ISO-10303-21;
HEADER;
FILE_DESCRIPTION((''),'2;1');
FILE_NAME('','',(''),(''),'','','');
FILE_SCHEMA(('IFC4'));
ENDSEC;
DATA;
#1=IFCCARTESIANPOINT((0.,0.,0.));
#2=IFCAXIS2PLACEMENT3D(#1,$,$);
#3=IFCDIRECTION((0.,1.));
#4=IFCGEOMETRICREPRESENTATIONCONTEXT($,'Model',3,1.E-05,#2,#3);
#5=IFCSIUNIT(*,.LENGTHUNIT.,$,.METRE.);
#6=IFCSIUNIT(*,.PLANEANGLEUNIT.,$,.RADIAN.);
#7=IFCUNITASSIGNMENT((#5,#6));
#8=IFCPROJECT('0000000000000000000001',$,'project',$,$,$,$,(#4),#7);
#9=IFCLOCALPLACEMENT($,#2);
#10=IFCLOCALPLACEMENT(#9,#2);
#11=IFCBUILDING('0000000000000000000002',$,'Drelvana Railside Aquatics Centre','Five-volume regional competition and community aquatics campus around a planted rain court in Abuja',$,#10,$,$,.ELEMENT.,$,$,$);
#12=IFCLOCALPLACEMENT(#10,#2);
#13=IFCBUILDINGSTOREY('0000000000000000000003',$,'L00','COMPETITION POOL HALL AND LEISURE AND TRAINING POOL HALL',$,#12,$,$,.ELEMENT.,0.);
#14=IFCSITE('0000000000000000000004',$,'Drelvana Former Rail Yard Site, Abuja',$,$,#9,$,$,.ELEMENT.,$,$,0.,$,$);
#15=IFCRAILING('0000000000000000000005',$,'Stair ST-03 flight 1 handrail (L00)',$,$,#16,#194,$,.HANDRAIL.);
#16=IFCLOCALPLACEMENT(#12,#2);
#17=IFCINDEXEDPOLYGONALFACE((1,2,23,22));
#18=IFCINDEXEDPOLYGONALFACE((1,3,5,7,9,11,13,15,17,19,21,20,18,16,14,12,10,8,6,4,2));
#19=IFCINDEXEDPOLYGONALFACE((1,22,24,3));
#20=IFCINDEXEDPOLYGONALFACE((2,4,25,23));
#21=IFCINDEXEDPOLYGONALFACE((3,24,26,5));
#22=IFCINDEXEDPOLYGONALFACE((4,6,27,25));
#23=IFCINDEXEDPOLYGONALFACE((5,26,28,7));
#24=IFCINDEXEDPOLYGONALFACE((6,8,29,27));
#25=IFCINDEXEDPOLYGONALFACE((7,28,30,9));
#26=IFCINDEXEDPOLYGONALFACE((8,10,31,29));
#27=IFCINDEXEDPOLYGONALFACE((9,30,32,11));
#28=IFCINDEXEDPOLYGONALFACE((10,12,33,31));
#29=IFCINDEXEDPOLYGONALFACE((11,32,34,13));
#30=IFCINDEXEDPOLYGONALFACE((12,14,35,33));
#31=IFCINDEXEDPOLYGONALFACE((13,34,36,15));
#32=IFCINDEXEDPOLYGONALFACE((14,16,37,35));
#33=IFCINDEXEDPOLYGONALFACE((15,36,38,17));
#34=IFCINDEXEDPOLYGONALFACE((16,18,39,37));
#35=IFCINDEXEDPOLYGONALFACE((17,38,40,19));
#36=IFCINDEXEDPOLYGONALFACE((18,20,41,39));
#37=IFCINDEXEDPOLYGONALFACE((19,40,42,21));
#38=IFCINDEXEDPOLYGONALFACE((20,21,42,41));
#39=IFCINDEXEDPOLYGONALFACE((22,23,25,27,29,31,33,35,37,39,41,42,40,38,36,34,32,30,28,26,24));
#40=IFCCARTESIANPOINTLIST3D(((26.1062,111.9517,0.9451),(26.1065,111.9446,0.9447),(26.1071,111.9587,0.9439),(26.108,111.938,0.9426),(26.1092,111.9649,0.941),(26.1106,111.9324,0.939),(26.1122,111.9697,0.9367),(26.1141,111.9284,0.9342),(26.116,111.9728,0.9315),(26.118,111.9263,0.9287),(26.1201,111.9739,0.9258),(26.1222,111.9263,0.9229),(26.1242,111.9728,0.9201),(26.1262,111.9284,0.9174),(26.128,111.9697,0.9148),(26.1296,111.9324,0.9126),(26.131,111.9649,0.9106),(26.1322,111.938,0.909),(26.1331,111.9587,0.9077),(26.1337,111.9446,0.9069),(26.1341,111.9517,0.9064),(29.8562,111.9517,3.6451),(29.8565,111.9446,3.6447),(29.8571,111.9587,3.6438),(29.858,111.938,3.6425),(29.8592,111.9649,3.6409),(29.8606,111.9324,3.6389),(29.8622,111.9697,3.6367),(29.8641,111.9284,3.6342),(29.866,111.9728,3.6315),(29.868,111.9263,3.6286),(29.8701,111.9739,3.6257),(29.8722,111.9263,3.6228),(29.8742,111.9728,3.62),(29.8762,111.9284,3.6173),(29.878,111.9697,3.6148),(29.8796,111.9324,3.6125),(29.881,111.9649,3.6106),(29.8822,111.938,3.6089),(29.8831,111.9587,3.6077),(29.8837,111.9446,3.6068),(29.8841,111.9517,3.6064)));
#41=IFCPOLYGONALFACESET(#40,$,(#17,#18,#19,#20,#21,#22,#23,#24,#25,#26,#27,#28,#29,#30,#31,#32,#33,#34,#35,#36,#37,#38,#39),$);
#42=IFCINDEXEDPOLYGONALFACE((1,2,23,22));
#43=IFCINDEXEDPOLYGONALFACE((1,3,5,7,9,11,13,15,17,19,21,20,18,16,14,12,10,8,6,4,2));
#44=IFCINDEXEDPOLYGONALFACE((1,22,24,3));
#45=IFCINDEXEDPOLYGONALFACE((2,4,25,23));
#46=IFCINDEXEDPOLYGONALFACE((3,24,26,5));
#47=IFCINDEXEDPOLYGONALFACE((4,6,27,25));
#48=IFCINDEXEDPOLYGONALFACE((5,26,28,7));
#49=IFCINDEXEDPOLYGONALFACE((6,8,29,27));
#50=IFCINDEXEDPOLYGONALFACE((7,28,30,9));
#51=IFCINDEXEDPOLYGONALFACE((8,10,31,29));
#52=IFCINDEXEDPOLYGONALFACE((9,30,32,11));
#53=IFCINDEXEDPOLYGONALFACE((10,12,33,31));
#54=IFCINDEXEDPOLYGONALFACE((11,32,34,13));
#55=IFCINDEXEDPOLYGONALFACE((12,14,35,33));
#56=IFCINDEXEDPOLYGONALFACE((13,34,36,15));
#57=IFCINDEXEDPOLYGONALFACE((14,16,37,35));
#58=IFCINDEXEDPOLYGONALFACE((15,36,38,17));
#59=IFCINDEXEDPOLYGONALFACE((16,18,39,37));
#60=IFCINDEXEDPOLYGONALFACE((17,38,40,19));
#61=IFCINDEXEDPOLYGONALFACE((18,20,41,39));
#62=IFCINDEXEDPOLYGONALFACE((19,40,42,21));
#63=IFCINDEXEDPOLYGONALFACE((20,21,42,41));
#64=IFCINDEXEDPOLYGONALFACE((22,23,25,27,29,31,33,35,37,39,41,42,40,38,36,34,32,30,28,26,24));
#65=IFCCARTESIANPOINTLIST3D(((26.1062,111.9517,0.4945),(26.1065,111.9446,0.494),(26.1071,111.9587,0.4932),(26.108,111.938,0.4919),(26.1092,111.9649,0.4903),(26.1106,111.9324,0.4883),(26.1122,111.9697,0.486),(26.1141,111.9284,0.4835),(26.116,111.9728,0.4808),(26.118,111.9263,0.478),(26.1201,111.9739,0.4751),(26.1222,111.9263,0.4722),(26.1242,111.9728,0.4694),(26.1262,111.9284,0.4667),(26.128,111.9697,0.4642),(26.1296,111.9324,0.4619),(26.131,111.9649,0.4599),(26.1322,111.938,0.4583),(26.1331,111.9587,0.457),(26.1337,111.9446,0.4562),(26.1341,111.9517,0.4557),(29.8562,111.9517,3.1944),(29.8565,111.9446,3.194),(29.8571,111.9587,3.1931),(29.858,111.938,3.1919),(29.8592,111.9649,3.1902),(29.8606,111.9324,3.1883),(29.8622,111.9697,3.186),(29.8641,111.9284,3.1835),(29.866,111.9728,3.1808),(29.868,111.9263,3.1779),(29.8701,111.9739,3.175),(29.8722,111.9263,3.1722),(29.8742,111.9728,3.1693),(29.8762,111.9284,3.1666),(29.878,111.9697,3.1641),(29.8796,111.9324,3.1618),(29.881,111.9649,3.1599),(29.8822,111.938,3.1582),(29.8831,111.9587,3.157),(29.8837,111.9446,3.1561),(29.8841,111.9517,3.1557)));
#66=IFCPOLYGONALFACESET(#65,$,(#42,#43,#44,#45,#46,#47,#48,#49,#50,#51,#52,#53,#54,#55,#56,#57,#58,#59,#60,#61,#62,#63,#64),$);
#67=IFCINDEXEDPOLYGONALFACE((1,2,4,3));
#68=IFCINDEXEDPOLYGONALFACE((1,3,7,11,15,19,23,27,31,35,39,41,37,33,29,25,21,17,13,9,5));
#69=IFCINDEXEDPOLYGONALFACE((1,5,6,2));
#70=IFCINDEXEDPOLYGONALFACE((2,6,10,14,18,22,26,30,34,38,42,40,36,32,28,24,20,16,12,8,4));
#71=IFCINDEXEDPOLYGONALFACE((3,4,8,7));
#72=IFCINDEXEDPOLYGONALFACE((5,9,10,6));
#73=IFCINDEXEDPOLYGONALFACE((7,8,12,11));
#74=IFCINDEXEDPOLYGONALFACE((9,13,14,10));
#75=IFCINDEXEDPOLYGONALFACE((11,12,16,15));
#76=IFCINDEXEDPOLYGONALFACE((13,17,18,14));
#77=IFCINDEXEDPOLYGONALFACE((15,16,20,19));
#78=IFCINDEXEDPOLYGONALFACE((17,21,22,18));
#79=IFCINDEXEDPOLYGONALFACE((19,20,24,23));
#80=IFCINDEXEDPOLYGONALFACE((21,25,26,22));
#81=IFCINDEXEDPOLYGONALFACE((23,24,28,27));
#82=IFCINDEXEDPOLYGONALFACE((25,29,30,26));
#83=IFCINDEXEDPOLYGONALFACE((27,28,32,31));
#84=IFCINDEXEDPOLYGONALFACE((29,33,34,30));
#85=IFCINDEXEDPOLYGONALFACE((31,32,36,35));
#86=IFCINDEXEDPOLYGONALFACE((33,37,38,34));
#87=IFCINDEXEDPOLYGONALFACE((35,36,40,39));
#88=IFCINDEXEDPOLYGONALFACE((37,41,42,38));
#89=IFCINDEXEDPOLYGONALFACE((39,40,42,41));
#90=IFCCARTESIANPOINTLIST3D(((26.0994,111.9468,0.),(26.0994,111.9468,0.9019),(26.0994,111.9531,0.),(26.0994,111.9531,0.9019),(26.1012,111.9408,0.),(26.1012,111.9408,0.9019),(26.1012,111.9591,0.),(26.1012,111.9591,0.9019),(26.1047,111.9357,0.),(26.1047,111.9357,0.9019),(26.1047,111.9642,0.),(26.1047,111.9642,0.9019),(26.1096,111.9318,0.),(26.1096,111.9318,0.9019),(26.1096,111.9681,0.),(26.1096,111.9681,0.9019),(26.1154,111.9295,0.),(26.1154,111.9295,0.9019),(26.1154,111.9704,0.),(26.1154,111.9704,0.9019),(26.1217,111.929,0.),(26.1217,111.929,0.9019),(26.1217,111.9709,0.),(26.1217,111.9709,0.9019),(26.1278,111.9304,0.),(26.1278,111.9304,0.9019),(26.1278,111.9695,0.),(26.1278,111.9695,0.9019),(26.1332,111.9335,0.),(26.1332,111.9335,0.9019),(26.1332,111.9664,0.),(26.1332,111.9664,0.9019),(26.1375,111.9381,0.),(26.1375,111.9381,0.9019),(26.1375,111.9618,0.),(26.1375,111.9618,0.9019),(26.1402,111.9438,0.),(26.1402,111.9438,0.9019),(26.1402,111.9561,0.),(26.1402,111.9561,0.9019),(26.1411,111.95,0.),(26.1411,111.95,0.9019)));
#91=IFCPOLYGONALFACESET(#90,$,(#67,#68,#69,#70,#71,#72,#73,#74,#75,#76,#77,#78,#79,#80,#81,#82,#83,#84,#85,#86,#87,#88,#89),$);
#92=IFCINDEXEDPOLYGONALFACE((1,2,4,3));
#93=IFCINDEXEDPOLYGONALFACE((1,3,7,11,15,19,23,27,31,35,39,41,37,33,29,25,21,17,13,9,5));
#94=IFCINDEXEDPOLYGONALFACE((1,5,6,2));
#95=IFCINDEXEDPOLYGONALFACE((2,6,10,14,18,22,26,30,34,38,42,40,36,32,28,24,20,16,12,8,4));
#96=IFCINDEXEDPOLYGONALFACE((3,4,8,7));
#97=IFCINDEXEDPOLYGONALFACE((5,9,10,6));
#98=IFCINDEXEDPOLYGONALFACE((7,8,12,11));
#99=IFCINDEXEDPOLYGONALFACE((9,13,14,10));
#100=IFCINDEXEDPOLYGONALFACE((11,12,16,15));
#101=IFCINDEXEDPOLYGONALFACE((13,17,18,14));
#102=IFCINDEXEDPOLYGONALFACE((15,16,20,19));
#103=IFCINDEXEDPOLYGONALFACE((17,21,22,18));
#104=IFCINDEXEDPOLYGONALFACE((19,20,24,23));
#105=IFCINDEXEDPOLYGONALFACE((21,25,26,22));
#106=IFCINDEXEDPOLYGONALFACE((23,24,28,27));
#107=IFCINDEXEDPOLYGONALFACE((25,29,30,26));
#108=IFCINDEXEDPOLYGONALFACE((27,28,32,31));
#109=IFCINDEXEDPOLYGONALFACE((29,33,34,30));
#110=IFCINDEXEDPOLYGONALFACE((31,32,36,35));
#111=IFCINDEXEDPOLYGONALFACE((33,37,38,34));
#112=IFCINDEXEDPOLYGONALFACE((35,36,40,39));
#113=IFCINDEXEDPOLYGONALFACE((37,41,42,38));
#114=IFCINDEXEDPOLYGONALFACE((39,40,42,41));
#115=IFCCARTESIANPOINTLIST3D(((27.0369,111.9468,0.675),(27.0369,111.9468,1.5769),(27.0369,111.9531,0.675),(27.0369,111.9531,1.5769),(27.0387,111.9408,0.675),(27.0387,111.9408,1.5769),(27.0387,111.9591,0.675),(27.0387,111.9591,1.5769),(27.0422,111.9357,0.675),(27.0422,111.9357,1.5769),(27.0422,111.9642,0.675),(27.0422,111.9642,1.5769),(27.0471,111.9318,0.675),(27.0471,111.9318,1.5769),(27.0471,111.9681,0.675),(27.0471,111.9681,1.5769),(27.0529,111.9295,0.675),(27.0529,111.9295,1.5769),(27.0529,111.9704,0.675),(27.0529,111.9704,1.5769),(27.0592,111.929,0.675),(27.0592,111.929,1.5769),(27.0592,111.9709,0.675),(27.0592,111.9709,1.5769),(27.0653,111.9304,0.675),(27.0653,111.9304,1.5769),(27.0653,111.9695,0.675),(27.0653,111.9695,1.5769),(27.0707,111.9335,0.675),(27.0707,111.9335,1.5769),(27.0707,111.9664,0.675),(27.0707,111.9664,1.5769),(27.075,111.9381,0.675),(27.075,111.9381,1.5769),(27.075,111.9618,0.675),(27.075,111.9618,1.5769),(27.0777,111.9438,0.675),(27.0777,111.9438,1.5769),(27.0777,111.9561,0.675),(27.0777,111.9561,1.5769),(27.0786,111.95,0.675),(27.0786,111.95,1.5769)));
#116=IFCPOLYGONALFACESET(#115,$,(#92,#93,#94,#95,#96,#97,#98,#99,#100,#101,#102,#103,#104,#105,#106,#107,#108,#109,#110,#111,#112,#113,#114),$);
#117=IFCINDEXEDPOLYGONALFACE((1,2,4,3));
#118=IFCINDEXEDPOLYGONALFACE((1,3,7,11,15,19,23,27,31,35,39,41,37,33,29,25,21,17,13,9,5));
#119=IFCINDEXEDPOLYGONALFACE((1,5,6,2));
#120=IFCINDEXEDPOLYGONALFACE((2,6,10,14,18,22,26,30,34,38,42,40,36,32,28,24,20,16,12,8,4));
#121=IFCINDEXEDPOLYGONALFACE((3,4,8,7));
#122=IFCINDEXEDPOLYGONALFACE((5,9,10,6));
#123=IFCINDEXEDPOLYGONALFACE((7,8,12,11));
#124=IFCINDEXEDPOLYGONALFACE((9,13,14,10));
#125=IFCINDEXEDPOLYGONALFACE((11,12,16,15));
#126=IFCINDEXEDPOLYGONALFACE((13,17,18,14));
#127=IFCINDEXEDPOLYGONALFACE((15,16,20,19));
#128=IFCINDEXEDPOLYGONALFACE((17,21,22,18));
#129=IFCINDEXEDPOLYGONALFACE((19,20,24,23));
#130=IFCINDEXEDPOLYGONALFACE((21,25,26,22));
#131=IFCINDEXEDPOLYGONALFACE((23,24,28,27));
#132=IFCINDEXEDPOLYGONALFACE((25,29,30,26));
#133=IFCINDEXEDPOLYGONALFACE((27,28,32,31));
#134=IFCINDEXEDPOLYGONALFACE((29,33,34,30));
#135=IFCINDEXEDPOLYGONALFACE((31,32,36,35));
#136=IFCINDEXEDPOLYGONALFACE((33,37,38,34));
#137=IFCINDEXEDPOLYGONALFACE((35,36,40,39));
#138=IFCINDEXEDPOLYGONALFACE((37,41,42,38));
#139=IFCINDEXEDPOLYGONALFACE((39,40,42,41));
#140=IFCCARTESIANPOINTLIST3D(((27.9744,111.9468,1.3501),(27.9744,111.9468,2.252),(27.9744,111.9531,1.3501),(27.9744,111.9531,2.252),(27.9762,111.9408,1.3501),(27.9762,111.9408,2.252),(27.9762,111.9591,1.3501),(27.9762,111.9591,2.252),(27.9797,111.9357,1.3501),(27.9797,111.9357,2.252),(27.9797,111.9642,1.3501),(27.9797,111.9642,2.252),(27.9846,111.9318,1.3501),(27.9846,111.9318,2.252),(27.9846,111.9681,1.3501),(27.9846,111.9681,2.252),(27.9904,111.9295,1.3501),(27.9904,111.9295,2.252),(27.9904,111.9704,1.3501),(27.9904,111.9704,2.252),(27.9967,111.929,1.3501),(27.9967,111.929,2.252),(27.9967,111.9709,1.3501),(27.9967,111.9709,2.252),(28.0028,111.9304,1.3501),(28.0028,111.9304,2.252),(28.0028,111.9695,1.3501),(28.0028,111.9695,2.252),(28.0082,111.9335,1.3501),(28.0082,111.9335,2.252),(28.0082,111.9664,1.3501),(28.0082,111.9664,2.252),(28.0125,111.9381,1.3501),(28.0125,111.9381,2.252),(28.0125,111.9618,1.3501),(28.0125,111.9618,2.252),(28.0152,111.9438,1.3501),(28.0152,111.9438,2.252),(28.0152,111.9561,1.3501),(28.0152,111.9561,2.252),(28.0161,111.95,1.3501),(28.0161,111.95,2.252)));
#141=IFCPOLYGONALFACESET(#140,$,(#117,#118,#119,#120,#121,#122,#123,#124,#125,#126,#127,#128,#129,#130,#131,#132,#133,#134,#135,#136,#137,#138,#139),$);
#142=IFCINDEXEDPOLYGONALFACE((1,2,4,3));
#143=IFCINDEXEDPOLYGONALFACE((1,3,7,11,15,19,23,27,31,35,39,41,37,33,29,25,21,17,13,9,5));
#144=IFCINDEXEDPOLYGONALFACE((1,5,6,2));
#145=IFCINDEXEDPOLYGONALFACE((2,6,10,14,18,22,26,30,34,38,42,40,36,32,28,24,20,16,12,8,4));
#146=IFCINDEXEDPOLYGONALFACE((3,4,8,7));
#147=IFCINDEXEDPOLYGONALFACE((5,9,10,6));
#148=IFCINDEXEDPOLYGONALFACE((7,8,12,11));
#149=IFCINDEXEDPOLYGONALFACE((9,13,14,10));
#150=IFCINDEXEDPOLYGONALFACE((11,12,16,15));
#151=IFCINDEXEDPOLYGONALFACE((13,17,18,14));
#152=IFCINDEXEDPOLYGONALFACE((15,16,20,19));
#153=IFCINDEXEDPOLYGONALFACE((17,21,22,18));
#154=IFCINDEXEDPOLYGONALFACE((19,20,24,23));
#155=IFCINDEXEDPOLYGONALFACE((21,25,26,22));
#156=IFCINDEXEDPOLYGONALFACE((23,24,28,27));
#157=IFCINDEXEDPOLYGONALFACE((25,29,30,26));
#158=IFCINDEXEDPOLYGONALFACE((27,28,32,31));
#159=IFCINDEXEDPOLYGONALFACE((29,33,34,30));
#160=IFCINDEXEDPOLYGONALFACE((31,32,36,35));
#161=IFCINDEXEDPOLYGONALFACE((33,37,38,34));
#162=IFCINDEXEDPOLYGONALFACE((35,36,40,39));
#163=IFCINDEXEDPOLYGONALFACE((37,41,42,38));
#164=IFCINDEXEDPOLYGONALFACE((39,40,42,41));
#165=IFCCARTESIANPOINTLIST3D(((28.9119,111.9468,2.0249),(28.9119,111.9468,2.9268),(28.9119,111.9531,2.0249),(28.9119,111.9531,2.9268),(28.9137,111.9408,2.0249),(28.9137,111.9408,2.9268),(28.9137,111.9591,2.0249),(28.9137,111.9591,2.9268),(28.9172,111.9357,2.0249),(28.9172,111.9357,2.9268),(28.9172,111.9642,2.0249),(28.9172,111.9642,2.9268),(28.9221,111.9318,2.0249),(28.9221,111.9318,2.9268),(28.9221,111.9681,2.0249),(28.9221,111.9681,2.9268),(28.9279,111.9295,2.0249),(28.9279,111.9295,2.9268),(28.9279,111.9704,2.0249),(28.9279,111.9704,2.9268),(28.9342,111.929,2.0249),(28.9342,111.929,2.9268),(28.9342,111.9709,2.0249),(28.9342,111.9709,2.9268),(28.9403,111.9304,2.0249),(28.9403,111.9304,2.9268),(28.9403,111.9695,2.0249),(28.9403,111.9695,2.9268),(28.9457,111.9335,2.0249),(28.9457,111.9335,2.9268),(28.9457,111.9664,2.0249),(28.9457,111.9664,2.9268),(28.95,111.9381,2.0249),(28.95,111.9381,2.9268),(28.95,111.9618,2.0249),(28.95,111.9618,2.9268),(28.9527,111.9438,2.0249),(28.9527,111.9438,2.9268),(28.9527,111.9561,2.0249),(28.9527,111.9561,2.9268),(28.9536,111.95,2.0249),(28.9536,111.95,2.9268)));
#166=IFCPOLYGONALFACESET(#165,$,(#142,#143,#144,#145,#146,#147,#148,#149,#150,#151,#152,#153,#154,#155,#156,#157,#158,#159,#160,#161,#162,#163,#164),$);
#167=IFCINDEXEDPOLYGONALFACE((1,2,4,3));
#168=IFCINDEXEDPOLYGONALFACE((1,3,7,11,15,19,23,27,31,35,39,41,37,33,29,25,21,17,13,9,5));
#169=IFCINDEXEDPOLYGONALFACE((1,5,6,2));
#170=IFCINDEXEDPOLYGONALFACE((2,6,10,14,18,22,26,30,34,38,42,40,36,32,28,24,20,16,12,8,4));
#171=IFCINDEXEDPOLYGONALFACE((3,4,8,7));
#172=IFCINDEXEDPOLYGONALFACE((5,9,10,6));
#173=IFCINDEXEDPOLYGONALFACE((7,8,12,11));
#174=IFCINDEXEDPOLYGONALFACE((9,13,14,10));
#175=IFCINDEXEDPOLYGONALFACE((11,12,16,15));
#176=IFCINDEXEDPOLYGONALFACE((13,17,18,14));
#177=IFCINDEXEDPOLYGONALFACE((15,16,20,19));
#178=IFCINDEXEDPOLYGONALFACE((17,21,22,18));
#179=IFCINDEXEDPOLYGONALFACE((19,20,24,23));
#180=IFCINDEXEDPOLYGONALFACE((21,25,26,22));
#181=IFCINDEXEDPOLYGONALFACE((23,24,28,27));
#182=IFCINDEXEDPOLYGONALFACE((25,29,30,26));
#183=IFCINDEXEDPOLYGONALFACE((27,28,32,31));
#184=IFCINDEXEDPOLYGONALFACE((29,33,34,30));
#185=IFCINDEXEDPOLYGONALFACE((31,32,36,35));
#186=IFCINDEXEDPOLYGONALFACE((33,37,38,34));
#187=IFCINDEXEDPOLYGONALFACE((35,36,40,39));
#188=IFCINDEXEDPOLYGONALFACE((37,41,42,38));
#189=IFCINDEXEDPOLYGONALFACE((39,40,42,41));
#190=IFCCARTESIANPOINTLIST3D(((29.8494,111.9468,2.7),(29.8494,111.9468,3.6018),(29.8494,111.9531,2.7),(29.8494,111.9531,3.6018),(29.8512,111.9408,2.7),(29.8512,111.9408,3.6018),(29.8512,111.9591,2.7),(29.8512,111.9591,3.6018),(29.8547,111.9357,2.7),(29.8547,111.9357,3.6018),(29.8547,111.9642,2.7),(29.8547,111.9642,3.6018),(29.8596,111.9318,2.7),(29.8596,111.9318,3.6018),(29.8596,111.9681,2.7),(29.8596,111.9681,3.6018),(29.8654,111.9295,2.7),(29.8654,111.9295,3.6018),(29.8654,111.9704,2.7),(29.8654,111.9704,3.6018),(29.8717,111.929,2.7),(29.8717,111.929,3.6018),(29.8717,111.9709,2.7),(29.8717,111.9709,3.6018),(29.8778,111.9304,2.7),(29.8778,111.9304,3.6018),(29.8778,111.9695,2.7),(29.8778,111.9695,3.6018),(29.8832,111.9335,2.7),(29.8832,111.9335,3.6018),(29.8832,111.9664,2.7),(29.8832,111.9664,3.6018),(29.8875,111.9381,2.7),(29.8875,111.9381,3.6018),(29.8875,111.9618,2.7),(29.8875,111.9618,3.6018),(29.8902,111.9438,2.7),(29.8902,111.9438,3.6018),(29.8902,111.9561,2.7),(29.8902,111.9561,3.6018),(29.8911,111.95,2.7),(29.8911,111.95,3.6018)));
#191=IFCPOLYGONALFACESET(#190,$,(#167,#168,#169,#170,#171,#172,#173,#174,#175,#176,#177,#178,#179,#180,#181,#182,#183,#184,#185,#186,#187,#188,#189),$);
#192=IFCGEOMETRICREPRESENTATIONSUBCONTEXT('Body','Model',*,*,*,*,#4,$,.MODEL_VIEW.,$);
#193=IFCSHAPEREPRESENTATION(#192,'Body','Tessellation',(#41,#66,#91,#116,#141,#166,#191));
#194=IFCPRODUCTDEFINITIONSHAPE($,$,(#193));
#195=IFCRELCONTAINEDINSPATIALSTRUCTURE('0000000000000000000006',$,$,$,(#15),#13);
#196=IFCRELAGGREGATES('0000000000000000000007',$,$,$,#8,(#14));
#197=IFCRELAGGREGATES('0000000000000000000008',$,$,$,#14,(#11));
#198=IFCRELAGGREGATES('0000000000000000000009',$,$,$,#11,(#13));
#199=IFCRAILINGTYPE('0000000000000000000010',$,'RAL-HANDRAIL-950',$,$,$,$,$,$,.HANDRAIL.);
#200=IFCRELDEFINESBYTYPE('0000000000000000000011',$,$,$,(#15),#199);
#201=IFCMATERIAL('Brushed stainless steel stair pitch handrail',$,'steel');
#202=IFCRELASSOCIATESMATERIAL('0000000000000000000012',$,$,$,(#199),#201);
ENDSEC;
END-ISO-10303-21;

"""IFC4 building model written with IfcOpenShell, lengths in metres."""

from ifc_helpers import new_model, si_unit, direction, frame, origin, origin_2d, place, context, subcontext, project, spatial, circle, extrude, material, type_object, element, save


model = new_model("IFC4")

# Units and contexts
model_context = context("Model", 3, precision=1e-05, world=origin(), true_north=direction((0.0, 1.0)))
body_context = subcontext(model_context, "Body", "Model", "MODEL_VIEW")
ifc_project = project(units=[si_unit("LENGTHUNIT", "METRE"), si_unit("PLANEANGLEUNIT", "RADIAN")], contexts=[model_context])

# Site, building, storey
site_placement = place(None, origin())
site = spatial("IfcSite", under=ifc_project, at=site_placement, Name="Drelvana Former Rail Yard Site, Abuja", CompositionType="ELEMENT", RefElevation=0.0)
building_placement = place(site_placement, origin())
building = spatial("IfcBuilding", under=site, at=building_placement, Name="Drelvana Railside Aquatics Centre", Description="Five-volume regional competition and community aquatics campus around a planted rain court in Abuja", CompositionType="ELEMENT")
storey_placement = place(building_placement, origin())
storey = spatial("IfcBuildingStorey", under=building, at=storey_placement, Name="L00", Description="COMPETITION POOL HALL AND LEISURE AND TRAINING POOL HALL", CompositionType="ELEMENT", Elevation=0.0)

# Railing
ifc_material_1 = material(Name="Brushed stainless steel stair pitch handrail", Category="steel")
railing_type = type_object("IfcRailingType", Name="RAL-HANDRAIL-950", PredefinedType="HANDRAIL", material=ifc_material_1)
railing_1_placement = place(storey_placement, frame((26.1201, 111.95, 0.0)))
element("IfcRailing", 1, at=railing_1_placement, inside=storey, type_object=railing_type, Name="Stair ST-03 flight 1 handrail (L00)", PredefinedType="HANDRAIL", context=body_context, shape_type="SweptSolid", body=[
    extrude(circle(Radius=0.0239, at=origin_2d()), frame((0.0, 0.0, 0.9258), z_axis=(0.811539, 0.0, 0.584298), x_axis=(0.0, 1.0, 0.0)), (0.0, 0.0, 1.0), 4.6208),
    extrude(circle(Radius=0.0239, at=origin_2d()), frame((0.0, 0.0, 0.4751), z_axis=(0.811539, 0.0, 0.584298), x_axis=(0.0, 1.0, 0.0)), (0.0, 0.0, 1.0), 4.6208),
    extrude(circle(Radius=0.021, at=origin_2d()), origin(), (0.0, 0.0, 1.0), 0.9019),
    extrude(circle(Radius=0.021, at=origin_2d()), frame((0.9375, 0.0, 0.675)), (0.0, 0.0, 1.0), 0.9019),
    extrude(circle(Radius=0.021, at=origin_2d()), frame((1.875, 0.0, 1.3501)), (0.0, 0.0, 1.0), 0.9019),
    extrude(circle(Radius=0.021, at=origin_2d()), frame((2.8125, 0.0, 2.0249)), (0.0, 0.0, 1.0), 0.9019),
    extrude(circle(Radius=0.021, at=origin_2d()), frame((3.75, 0.0, 2.7)), (0.0, 0.0, 1.0), 0.9019),
])

save(model, "model.ifc")
